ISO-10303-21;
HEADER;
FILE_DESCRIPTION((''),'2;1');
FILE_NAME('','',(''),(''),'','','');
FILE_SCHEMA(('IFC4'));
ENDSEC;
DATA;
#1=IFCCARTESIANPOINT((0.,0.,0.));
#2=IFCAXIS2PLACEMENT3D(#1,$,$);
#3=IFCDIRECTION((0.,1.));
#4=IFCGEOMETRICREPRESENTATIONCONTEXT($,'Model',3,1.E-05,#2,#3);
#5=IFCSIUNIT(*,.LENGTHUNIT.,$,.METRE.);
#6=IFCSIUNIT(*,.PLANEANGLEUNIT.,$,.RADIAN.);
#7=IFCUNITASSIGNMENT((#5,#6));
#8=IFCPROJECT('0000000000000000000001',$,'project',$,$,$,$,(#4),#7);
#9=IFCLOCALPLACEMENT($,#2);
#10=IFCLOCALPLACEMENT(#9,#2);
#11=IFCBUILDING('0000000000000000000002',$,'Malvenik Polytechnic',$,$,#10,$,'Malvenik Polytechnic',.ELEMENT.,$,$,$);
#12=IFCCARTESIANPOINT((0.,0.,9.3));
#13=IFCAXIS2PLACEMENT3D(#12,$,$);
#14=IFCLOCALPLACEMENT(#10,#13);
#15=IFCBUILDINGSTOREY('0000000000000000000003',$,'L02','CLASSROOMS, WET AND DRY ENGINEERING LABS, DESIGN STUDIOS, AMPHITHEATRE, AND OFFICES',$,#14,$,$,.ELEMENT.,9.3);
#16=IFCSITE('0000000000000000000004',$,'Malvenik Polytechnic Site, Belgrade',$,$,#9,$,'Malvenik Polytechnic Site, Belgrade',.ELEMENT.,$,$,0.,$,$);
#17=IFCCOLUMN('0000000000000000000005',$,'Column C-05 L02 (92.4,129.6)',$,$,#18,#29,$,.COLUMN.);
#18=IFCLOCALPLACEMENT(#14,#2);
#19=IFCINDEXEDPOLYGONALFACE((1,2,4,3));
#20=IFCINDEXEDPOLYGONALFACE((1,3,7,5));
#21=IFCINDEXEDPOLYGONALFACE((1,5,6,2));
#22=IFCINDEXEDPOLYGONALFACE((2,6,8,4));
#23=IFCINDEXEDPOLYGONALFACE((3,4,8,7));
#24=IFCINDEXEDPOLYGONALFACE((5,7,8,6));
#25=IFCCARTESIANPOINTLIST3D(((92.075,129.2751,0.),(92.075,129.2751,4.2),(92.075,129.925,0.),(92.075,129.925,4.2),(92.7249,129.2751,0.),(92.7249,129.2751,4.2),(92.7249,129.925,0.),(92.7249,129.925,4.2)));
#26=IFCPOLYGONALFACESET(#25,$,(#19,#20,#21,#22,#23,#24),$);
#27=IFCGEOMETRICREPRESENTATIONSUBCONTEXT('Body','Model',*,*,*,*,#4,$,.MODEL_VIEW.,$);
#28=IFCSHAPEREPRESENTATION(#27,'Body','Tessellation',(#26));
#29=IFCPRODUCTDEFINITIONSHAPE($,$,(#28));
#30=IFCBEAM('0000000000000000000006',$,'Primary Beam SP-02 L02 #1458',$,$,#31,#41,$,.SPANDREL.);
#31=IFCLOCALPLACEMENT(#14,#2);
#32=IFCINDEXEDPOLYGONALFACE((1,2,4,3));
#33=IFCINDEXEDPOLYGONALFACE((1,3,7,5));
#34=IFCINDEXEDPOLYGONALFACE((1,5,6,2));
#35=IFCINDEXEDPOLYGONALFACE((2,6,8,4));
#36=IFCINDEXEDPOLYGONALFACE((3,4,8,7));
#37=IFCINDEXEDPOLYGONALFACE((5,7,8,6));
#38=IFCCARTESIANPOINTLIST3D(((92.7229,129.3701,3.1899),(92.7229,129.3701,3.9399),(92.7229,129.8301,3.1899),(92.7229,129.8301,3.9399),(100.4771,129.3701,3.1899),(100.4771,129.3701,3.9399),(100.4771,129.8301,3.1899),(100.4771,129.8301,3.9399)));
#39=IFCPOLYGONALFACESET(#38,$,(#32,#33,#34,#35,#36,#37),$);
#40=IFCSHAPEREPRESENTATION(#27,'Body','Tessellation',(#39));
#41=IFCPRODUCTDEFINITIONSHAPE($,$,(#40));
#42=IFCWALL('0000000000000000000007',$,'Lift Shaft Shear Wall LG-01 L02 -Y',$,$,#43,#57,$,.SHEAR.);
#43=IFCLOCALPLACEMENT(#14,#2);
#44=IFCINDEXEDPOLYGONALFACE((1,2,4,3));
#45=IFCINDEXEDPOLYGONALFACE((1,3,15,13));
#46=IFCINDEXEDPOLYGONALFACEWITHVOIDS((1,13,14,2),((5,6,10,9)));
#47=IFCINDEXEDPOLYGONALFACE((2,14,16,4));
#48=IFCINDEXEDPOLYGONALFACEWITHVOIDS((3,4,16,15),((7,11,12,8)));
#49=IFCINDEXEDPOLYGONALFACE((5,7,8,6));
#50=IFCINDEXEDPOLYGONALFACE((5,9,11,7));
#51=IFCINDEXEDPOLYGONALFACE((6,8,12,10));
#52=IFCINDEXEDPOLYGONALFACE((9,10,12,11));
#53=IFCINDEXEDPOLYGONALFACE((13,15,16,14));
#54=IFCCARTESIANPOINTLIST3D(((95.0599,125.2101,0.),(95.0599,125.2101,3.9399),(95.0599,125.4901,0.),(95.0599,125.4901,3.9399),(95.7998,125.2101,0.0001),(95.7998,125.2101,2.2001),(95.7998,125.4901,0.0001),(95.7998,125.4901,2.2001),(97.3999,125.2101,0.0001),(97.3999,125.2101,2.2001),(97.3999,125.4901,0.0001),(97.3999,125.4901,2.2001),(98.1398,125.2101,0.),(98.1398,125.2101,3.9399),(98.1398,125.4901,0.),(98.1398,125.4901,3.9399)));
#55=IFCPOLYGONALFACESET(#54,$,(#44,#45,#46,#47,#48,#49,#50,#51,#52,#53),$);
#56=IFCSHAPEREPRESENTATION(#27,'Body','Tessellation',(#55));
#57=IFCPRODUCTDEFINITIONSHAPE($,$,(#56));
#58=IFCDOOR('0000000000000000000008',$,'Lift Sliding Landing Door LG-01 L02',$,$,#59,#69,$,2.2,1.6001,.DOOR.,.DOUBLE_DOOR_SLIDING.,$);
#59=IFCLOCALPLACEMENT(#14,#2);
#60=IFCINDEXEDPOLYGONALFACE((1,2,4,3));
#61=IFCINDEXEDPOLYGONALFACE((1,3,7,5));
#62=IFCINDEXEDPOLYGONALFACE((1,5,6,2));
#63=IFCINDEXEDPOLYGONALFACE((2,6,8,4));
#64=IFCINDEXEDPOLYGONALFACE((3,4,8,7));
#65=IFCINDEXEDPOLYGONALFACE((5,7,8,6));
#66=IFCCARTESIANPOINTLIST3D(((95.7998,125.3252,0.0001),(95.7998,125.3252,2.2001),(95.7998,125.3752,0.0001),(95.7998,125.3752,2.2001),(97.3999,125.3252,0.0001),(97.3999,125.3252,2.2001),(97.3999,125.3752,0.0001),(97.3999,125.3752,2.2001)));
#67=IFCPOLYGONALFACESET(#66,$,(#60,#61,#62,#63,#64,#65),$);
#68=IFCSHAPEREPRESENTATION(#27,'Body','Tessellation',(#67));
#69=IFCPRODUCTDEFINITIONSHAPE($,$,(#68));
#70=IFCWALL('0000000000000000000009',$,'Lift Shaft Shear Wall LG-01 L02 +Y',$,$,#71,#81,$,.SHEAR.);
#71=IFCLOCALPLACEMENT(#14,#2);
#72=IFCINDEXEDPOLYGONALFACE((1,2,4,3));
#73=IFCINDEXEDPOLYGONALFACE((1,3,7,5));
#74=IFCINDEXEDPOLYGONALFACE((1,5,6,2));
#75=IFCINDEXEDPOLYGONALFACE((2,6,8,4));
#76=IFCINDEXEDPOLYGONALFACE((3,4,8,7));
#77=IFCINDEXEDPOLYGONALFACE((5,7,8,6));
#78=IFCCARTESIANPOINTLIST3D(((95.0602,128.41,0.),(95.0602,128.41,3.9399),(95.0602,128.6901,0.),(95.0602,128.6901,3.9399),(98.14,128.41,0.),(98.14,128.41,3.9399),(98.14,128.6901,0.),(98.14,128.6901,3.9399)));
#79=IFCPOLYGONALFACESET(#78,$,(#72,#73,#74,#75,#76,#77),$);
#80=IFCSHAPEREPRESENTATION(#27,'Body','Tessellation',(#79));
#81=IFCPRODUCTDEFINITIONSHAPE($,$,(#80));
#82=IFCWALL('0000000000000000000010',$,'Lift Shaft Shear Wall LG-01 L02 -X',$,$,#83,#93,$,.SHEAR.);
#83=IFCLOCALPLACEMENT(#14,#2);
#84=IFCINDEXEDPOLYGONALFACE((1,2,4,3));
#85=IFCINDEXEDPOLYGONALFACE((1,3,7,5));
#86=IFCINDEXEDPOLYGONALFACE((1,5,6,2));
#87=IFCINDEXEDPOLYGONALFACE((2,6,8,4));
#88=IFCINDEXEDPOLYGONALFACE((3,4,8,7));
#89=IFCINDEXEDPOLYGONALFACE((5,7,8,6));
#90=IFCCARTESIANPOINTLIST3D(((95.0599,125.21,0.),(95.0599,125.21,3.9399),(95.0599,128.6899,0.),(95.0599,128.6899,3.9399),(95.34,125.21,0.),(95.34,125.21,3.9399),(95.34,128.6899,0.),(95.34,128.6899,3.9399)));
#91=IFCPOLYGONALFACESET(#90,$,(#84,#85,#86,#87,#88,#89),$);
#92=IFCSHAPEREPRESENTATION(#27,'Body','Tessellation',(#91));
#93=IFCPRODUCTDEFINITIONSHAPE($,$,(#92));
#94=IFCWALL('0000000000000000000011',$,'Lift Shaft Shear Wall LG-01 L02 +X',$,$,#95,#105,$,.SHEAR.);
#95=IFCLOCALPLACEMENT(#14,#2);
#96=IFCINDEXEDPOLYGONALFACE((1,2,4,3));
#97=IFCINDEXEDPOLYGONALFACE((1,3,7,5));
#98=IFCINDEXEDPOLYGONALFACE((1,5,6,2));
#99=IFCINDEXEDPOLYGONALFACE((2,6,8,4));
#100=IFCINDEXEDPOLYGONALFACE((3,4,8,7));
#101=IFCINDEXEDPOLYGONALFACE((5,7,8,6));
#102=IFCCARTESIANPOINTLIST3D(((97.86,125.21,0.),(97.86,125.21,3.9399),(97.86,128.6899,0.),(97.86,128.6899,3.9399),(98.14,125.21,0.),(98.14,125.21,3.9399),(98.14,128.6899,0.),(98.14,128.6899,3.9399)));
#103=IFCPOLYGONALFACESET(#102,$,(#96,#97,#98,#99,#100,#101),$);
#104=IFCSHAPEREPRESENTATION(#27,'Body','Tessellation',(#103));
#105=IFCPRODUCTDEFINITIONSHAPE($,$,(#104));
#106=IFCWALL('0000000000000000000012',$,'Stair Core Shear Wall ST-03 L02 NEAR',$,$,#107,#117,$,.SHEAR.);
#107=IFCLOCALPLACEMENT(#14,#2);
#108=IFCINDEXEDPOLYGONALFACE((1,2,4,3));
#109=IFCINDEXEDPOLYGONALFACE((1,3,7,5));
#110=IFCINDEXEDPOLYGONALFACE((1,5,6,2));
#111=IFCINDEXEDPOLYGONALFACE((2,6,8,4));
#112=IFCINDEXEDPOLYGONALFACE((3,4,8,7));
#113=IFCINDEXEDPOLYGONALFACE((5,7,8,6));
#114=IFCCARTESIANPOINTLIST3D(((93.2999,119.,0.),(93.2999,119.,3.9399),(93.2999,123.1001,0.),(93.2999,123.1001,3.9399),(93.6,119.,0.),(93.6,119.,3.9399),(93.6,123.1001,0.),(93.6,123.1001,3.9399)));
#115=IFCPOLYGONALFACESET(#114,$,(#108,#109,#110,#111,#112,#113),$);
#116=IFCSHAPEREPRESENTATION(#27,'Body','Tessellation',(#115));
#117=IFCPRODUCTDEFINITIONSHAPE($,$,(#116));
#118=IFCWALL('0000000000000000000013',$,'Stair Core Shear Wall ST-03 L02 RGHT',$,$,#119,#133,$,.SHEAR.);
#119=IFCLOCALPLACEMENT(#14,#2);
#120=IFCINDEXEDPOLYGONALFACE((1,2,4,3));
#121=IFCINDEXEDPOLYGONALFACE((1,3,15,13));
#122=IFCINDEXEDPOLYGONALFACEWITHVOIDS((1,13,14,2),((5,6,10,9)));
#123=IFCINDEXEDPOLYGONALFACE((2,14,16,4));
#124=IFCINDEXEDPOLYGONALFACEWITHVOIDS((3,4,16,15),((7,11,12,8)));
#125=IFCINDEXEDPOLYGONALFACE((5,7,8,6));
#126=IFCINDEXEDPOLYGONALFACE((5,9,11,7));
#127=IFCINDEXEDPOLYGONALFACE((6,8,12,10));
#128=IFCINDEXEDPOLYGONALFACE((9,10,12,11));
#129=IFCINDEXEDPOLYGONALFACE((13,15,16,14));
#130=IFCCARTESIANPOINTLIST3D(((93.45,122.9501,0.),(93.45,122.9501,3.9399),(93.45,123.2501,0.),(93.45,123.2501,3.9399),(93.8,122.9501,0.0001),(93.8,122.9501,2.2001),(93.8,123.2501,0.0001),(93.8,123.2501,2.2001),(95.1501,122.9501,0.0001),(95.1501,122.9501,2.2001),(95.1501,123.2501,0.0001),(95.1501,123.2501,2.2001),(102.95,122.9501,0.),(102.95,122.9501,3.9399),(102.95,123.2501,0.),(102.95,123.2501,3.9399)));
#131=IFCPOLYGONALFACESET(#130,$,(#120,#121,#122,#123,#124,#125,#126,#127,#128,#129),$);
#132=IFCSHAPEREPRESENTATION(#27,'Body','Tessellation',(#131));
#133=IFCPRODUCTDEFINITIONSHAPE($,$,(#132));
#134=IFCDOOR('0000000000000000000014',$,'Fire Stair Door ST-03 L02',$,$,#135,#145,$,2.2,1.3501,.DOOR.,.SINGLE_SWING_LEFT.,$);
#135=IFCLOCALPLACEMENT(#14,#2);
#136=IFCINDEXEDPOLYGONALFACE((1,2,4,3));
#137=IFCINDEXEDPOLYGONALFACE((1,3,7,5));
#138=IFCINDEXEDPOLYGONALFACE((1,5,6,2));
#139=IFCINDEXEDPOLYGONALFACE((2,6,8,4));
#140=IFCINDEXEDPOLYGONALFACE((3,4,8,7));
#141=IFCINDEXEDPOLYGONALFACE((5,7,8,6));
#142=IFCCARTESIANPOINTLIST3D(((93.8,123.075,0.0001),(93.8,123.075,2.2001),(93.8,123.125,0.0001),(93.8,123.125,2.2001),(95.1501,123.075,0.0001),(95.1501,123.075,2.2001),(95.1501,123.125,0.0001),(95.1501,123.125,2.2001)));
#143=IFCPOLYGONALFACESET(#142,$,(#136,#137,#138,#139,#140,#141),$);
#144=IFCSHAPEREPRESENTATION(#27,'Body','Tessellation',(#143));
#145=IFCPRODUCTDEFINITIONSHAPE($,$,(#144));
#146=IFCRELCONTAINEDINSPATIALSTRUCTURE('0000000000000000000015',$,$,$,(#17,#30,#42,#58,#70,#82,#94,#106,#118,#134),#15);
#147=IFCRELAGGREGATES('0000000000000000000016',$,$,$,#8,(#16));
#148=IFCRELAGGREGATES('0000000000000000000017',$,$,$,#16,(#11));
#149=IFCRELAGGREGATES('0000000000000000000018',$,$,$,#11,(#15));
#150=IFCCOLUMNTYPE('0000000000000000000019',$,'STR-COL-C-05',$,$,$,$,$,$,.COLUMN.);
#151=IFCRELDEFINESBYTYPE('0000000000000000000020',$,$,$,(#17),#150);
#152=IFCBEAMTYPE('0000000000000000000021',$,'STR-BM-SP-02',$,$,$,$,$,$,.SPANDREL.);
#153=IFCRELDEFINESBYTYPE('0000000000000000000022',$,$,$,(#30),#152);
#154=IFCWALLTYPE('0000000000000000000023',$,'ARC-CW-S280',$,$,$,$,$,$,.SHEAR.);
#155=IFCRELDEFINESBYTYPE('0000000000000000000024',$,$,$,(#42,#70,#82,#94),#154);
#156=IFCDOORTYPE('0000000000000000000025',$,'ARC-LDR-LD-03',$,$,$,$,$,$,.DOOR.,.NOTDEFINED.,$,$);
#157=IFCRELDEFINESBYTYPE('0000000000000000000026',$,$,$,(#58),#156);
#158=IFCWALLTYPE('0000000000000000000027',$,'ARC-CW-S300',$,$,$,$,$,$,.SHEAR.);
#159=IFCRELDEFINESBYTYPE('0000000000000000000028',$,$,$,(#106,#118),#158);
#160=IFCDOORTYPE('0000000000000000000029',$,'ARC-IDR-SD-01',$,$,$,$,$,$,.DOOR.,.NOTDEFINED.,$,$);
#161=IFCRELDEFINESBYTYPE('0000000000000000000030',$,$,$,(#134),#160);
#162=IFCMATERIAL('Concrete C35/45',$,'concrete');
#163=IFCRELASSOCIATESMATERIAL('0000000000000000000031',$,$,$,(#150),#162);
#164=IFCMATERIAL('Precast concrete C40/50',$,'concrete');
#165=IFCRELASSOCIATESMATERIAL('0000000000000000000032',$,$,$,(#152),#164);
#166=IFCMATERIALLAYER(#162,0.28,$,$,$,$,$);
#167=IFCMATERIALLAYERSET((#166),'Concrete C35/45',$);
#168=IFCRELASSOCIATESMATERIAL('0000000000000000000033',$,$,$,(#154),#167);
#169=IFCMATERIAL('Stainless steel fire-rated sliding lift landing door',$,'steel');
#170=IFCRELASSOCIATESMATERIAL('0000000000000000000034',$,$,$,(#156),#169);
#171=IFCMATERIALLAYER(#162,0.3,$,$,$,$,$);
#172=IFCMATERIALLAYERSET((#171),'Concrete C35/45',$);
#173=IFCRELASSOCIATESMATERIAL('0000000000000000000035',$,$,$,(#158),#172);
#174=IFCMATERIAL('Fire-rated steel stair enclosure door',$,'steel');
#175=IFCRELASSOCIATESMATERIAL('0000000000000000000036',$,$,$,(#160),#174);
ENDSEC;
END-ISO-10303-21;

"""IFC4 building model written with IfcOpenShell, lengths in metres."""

from ifc_helpers import new_model, si_unit, direction, frame, frame_2d, origin, origin_2d, place, context, subcontext, project, spatial, rectangle, extrude, material, layer, layer_set, material_profile, profile_set, type_object, element, fill, save


model = new_model("IFC4")

# Units and contexts
model_context = context("Model", 3, precision=1e-05, world=origin(), true_north=direction((0.0, 1.0)))
body_context = subcontext(model_context, "Body", "Model", "MODEL_VIEW")
ifc_project = project(units=[si_unit("LENGTHUNIT", "METRE"), si_unit("PLANEANGLEUNIT", "RADIAN")], contexts=[model_context])

# Site, building, storey
site_placement = place(None, origin())
site = spatial("IfcSite", under=ifc_project, at=site_placement, Name="Malvenik Polytechnic Site, Belgrade", LongName="Malvenik Polytechnic Site, Belgrade", CompositionType="ELEMENT", RefElevation=0.0)
building_placement = place(site_placement, origin())
building = spatial("IfcBuilding", under=site, at=building_placement, Name="Malvenik Polytechnic", LongName="Malvenik Polytechnic", CompositionType="ELEMENT")
storey_placement = place(building_placement, frame((0.0, 0.0, 9.3)))
storey = spatial("IfcBuildingStorey", under=building, at=storey_placement, Name="L02", Description="CLASSROOMS, WET AND DRY ENGINEERING LABS, DESIGN STUDIOS, AMPHITHEATRE, AND OFFICES", CompositionType="ELEMENT", Elevation=9.3)

# Column
ifc_material_1 = material(Name="Concrete C35/45", Category="concrete")
ifc_material_profile_1 = material_profile(ifc_material_1, rectangle(XDim=0.6499, YDim=0.6499, at=origin_2d()), Name="RC COL 650x650")
ifc_profile_set_1 = profile_set([ifc_material_profile_1], Name="Concrete C35/45")
column_type = type_object("IfcColumnType", Name="STR-COL-C-05", PredefinedType="COLUMN", material=ifc_profile_set_1)
column_placement = place(storey_placement, frame((92.3999, 129.6001, 0.0), z_axis=(0.0, 0.0, 1.0), x_axis=(1.0, 0.0, 0.0)))
element("IfcColumn", 1, at=column_placement, inside=storey, type_object=column_type, Name="Column C-05 L02 (92.4,129.6)", PredefinedType="COLUMN", context=body_context, shape_type="SweptSolid", body=[
    extrude(rectangle(XDim=0.6499, YDim=0.6499, at=origin_2d()), origin(), (0.0, 0.0, 1.0), 4.2),
])

# Beam
ifc_material_2 = material(Name="Precast concrete C40/50", Category="concrete")
ifc_material_profile_2 = material_profile(ifc_material_2, rectangle(XDim=0.46, YDim=0.75, at=origin_2d()), Name="PC SPN 460x750")
ifc_profile_set_2 = profile_set([ifc_material_profile_2], Name="Precast concrete C40/50")
beam_type = type_object("IfcBeamType", Name="STR-BM-SP-02", PredefinedType="SPANDREL", material=ifc_profile_set_2)
beam_placement = place(storey_placement, frame((92.7229, 129.6001, 3.5649), z_axis=(1.0, 0.0, 0.0), x_axis=(0.0, 1.0, 0.0)))
element("IfcBeam", 2, at=beam_placement, inside=storey, type_object=beam_type, Name="Primary Beam SP-02 L02 #1458", PredefinedType="SPANDREL", context=body_context, shape_type="SweptSolid", body=[
    extrude(rectangle(XDim=0.46, YDim=0.75, at=origin_2d()), origin(), (0.0, 0.0, 1.0), 7.7542),
])

# Wall, opening, door
ifc_layer_1 = layer(ifc_material_1, 0.28)
ifc_layer_set_1 = layer_set([ifc_layer_1], Name="Concrete C35/45")
wall_type_1 = type_object("IfcWallType", Name="ARC-CW-S280", PredefinedType="SHEAR", material=ifc_layer_set_1)
wall_1_placement = place(storey_placement, frame((98.1399, 125.3501, 0.0), z_axis=(0.0, 0.0, 1.0), x_axis=(-1.0, 0.0, 0.0)))
wall_1 = element("IfcWall", 3, at=wall_1_placement, inside=storey, type_object=wall_type_1, Name="Lift Shaft Shear Wall LG-01 L02 -Y", PredefinedType="SHEAR", context=body_context, shape_type="SweptSolid", body=[
    extrude(rectangle(XDim=3.0798, YDim=0.28, at=frame_2d((1.54, 0.0))), origin(), (0.0, 0.0, 1.0), 3.9399),
])
opening_1_placement = place(wall_1_placement, frame((0.74, 0.0, 0.0)))
opening_1 = element("IfcOpeningElement", 4, at=opening_1_placement, cuts=wall_1, PredefinedType="OPENING", context=body_context, shape_type="SweptSolid", body=[
    extrude(rectangle(XDim=1.6001, YDim=2.2, at=frame_2d((0.8, 1.1001))), frame((0.0, 0.1499, 0.0), z_axis=(0.0, -1.0, 0.0), x_axis=(1.0, 0.0, 0.0)), (0.0, 0.0, 1.0), 0.3),
])
ifc_material_3 = material(Name="Stainless steel fire-rated sliding lift landing door", Category="steel")
door_type_1 = type_object("IfcDoorType", Name="ARC-LDR-LD-03", OperationType="NOTDEFINED", PredefinedType="DOOR", material=ifc_material_3)
door_1_placement = place(opening_1_placement, origin())
door_1 = element("IfcDoor", 5, at=door_1_placement, inside=storey, type_object=door_type_1, Name="Lift Sliding Landing Door LG-01 L02", OperationType="DOUBLE_DOOR_SLIDING", OverallHeight=2.2, OverallWidth=1.6001, PredefinedType="DOOR", context=body_context, shape_type="SweptSolid", body=[
    extrude(rectangle(XDim=1.6001, YDim=2.2, at=frame_2d((0.8, 1.1001))), frame((0.0, 0.0249, 0.0), z_axis=(0.0, -1.0, 0.0), x_axis=(1.0, 0.0, 0.0)), (0.0, 0.0, 1.0), 0.05),
])
fill(opening_1, door_1)

# Walls
wall_2_placement = place(storey_placement, frame((95.0601, 128.55, 0.0), z_axis=(0.0, 0.0, 1.0), x_axis=(1.0, 0.0, 0.0)))
element("IfcWall", 6, at=wall_2_placement, inside=storey, type_object=wall_type_1, Name="Lift Shaft Shear Wall LG-01 L02 +Y", PredefinedType="SHEAR", context=body_context, shape_type="SweptSolid", body=[
    extrude(rectangle(XDim=3.0798, YDim=0.28, at=frame_2d((1.54, 0.0))), origin(), (0.0, 0.0, 1.0), 3.9399),
])
for number, where, z_axis, x_axis, name in (
    (7, (95.2, 125.21, 0.0), (0.0, 0.0, 1.0), (0.0, 1.0, 0.0), "Lift Shaft Shear Wall LG-01 L02 -X"),
    (8, (98.0, 128.6899, 0.0), (0.0, 0.0, 1.0), (0.0, -1.0, 0.0), "Lift Shaft Shear Wall LG-01 L02 +X"),
):
    element("IfcWall", number, at=place(storey_placement, frame(where, z_axis=z_axis, x_axis=x_axis)), inside=storey, type_object=wall_type_1, Name=name, PredefinedType="SHEAR", context=body_context, shape_type="SweptSolid", body=[
        extrude(rectangle(XDim=3.48, YDim=0.28, at=frame_2d((1.74, 0.0))), origin(), (0.0, 0.0, 1.0), 3.9399),
    ])
ifc_layer_2 = layer(ifc_material_1, 0.3)
ifc_layer_set_2 = layer_set([ifc_layer_2], Name="Concrete C35/45")
wall_type_2 = type_object("IfcWallType", Name="ARC-CW-S300", PredefinedType="SHEAR", material=ifc_layer_set_2)
wall_3_placement = place(storey_placement, frame((93.45, 119.0, 0.0), z_axis=(0.0, 0.0, 1.0), x_axis=(0.0, 1.0, 0.0)))
element("IfcWall", 9, at=wall_3_placement, inside=storey, type_object=wall_type_2, Name="Stair Core Shear Wall ST-03 L02 NEAR", PredefinedType="SHEAR", context=body_context, shape_type="SweptSolid", body=[
    extrude(rectangle(XDim=4.1001, YDim=0.3, at=frame_2d((2.05, 0.0))), origin(), (0.0, 0.0, 1.0), 3.9399),
])

# Wall, opening, door
wall_4_placement = place(storey_placement, frame((93.45, 123.1001, 0.0), z_axis=(0.0, 0.0, 1.0), x_axis=(1.0, 0.0, 0.0)))
wall_4 = element("IfcWall", 10, at=wall_4_placement, inside=storey, type_object=wall_type_2, Name="Stair Core Shear Wall ST-03 L02 RGHT", PredefinedType="SHEAR", context=body_context, shape_type="SweptSolid", body=[
    extrude(rectangle(XDim=9.5, YDim=0.3, at=frame_2d((4.75, 0.0))), origin(), (0.0, 0.0, 1.0), 3.9399),
])
opening_2_placement = place(wall_4_placement, frame((0.3501, 0.0, 0.0)))
opening_2 = element("IfcOpeningElement", 11, at=opening_2_placement, cuts=wall_4, PredefinedType="OPENING", context=body_context, shape_type="SweptSolid", body=[
    extrude(rectangle(XDim=1.3501, YDim=2.2, at=frame_2d((0.675, 1.1001))), frame((0.0, 0.1602, 0.0), z_axis=(0.0, -1.0, 0.0), x_axis=(1.0, 0.0, 0.0)), (0.0, 0.0, 1.0), 0.3201),
])
ifc_material_4 = material(Name="Fire-rated steel stair enclosure door", Category="steel")
door_type_2 = type_object("IfcDoorType", Name="ARC-IDR-SD-01", OperationType="NOTDEFINED", PredefinedType="DOOR", material=ifc_material_4)
door_2_placement = place(opening_2_placement, origin())
door_2 = element("IfcDoor", 12, at=door_2_placement, inside=storey, type_object=door_type_2, Name="Fire Stair Door ST-03 L02", OperationType="SINGLE_SWING_LEFT", OverallHeight=2.2, OverallWidth=1.3501, PredefinedType="DOOR", context=body_context, shape_type="SweptSolid", body=[
    extrude(rectangle(XDim=1.3501, YDim=2.2, at=frame_2d((0.675, 1.1001))), frame((0.0, 0.0249, 0.0), z_axis=(0.0, -1.0, 0.0), x_axis=(1.0, 0.0, 0.0)), (0.0, 0.0, 1.0), 0.05),
])
fill(opening_2, door_2)

save(model, "model.ifc")
